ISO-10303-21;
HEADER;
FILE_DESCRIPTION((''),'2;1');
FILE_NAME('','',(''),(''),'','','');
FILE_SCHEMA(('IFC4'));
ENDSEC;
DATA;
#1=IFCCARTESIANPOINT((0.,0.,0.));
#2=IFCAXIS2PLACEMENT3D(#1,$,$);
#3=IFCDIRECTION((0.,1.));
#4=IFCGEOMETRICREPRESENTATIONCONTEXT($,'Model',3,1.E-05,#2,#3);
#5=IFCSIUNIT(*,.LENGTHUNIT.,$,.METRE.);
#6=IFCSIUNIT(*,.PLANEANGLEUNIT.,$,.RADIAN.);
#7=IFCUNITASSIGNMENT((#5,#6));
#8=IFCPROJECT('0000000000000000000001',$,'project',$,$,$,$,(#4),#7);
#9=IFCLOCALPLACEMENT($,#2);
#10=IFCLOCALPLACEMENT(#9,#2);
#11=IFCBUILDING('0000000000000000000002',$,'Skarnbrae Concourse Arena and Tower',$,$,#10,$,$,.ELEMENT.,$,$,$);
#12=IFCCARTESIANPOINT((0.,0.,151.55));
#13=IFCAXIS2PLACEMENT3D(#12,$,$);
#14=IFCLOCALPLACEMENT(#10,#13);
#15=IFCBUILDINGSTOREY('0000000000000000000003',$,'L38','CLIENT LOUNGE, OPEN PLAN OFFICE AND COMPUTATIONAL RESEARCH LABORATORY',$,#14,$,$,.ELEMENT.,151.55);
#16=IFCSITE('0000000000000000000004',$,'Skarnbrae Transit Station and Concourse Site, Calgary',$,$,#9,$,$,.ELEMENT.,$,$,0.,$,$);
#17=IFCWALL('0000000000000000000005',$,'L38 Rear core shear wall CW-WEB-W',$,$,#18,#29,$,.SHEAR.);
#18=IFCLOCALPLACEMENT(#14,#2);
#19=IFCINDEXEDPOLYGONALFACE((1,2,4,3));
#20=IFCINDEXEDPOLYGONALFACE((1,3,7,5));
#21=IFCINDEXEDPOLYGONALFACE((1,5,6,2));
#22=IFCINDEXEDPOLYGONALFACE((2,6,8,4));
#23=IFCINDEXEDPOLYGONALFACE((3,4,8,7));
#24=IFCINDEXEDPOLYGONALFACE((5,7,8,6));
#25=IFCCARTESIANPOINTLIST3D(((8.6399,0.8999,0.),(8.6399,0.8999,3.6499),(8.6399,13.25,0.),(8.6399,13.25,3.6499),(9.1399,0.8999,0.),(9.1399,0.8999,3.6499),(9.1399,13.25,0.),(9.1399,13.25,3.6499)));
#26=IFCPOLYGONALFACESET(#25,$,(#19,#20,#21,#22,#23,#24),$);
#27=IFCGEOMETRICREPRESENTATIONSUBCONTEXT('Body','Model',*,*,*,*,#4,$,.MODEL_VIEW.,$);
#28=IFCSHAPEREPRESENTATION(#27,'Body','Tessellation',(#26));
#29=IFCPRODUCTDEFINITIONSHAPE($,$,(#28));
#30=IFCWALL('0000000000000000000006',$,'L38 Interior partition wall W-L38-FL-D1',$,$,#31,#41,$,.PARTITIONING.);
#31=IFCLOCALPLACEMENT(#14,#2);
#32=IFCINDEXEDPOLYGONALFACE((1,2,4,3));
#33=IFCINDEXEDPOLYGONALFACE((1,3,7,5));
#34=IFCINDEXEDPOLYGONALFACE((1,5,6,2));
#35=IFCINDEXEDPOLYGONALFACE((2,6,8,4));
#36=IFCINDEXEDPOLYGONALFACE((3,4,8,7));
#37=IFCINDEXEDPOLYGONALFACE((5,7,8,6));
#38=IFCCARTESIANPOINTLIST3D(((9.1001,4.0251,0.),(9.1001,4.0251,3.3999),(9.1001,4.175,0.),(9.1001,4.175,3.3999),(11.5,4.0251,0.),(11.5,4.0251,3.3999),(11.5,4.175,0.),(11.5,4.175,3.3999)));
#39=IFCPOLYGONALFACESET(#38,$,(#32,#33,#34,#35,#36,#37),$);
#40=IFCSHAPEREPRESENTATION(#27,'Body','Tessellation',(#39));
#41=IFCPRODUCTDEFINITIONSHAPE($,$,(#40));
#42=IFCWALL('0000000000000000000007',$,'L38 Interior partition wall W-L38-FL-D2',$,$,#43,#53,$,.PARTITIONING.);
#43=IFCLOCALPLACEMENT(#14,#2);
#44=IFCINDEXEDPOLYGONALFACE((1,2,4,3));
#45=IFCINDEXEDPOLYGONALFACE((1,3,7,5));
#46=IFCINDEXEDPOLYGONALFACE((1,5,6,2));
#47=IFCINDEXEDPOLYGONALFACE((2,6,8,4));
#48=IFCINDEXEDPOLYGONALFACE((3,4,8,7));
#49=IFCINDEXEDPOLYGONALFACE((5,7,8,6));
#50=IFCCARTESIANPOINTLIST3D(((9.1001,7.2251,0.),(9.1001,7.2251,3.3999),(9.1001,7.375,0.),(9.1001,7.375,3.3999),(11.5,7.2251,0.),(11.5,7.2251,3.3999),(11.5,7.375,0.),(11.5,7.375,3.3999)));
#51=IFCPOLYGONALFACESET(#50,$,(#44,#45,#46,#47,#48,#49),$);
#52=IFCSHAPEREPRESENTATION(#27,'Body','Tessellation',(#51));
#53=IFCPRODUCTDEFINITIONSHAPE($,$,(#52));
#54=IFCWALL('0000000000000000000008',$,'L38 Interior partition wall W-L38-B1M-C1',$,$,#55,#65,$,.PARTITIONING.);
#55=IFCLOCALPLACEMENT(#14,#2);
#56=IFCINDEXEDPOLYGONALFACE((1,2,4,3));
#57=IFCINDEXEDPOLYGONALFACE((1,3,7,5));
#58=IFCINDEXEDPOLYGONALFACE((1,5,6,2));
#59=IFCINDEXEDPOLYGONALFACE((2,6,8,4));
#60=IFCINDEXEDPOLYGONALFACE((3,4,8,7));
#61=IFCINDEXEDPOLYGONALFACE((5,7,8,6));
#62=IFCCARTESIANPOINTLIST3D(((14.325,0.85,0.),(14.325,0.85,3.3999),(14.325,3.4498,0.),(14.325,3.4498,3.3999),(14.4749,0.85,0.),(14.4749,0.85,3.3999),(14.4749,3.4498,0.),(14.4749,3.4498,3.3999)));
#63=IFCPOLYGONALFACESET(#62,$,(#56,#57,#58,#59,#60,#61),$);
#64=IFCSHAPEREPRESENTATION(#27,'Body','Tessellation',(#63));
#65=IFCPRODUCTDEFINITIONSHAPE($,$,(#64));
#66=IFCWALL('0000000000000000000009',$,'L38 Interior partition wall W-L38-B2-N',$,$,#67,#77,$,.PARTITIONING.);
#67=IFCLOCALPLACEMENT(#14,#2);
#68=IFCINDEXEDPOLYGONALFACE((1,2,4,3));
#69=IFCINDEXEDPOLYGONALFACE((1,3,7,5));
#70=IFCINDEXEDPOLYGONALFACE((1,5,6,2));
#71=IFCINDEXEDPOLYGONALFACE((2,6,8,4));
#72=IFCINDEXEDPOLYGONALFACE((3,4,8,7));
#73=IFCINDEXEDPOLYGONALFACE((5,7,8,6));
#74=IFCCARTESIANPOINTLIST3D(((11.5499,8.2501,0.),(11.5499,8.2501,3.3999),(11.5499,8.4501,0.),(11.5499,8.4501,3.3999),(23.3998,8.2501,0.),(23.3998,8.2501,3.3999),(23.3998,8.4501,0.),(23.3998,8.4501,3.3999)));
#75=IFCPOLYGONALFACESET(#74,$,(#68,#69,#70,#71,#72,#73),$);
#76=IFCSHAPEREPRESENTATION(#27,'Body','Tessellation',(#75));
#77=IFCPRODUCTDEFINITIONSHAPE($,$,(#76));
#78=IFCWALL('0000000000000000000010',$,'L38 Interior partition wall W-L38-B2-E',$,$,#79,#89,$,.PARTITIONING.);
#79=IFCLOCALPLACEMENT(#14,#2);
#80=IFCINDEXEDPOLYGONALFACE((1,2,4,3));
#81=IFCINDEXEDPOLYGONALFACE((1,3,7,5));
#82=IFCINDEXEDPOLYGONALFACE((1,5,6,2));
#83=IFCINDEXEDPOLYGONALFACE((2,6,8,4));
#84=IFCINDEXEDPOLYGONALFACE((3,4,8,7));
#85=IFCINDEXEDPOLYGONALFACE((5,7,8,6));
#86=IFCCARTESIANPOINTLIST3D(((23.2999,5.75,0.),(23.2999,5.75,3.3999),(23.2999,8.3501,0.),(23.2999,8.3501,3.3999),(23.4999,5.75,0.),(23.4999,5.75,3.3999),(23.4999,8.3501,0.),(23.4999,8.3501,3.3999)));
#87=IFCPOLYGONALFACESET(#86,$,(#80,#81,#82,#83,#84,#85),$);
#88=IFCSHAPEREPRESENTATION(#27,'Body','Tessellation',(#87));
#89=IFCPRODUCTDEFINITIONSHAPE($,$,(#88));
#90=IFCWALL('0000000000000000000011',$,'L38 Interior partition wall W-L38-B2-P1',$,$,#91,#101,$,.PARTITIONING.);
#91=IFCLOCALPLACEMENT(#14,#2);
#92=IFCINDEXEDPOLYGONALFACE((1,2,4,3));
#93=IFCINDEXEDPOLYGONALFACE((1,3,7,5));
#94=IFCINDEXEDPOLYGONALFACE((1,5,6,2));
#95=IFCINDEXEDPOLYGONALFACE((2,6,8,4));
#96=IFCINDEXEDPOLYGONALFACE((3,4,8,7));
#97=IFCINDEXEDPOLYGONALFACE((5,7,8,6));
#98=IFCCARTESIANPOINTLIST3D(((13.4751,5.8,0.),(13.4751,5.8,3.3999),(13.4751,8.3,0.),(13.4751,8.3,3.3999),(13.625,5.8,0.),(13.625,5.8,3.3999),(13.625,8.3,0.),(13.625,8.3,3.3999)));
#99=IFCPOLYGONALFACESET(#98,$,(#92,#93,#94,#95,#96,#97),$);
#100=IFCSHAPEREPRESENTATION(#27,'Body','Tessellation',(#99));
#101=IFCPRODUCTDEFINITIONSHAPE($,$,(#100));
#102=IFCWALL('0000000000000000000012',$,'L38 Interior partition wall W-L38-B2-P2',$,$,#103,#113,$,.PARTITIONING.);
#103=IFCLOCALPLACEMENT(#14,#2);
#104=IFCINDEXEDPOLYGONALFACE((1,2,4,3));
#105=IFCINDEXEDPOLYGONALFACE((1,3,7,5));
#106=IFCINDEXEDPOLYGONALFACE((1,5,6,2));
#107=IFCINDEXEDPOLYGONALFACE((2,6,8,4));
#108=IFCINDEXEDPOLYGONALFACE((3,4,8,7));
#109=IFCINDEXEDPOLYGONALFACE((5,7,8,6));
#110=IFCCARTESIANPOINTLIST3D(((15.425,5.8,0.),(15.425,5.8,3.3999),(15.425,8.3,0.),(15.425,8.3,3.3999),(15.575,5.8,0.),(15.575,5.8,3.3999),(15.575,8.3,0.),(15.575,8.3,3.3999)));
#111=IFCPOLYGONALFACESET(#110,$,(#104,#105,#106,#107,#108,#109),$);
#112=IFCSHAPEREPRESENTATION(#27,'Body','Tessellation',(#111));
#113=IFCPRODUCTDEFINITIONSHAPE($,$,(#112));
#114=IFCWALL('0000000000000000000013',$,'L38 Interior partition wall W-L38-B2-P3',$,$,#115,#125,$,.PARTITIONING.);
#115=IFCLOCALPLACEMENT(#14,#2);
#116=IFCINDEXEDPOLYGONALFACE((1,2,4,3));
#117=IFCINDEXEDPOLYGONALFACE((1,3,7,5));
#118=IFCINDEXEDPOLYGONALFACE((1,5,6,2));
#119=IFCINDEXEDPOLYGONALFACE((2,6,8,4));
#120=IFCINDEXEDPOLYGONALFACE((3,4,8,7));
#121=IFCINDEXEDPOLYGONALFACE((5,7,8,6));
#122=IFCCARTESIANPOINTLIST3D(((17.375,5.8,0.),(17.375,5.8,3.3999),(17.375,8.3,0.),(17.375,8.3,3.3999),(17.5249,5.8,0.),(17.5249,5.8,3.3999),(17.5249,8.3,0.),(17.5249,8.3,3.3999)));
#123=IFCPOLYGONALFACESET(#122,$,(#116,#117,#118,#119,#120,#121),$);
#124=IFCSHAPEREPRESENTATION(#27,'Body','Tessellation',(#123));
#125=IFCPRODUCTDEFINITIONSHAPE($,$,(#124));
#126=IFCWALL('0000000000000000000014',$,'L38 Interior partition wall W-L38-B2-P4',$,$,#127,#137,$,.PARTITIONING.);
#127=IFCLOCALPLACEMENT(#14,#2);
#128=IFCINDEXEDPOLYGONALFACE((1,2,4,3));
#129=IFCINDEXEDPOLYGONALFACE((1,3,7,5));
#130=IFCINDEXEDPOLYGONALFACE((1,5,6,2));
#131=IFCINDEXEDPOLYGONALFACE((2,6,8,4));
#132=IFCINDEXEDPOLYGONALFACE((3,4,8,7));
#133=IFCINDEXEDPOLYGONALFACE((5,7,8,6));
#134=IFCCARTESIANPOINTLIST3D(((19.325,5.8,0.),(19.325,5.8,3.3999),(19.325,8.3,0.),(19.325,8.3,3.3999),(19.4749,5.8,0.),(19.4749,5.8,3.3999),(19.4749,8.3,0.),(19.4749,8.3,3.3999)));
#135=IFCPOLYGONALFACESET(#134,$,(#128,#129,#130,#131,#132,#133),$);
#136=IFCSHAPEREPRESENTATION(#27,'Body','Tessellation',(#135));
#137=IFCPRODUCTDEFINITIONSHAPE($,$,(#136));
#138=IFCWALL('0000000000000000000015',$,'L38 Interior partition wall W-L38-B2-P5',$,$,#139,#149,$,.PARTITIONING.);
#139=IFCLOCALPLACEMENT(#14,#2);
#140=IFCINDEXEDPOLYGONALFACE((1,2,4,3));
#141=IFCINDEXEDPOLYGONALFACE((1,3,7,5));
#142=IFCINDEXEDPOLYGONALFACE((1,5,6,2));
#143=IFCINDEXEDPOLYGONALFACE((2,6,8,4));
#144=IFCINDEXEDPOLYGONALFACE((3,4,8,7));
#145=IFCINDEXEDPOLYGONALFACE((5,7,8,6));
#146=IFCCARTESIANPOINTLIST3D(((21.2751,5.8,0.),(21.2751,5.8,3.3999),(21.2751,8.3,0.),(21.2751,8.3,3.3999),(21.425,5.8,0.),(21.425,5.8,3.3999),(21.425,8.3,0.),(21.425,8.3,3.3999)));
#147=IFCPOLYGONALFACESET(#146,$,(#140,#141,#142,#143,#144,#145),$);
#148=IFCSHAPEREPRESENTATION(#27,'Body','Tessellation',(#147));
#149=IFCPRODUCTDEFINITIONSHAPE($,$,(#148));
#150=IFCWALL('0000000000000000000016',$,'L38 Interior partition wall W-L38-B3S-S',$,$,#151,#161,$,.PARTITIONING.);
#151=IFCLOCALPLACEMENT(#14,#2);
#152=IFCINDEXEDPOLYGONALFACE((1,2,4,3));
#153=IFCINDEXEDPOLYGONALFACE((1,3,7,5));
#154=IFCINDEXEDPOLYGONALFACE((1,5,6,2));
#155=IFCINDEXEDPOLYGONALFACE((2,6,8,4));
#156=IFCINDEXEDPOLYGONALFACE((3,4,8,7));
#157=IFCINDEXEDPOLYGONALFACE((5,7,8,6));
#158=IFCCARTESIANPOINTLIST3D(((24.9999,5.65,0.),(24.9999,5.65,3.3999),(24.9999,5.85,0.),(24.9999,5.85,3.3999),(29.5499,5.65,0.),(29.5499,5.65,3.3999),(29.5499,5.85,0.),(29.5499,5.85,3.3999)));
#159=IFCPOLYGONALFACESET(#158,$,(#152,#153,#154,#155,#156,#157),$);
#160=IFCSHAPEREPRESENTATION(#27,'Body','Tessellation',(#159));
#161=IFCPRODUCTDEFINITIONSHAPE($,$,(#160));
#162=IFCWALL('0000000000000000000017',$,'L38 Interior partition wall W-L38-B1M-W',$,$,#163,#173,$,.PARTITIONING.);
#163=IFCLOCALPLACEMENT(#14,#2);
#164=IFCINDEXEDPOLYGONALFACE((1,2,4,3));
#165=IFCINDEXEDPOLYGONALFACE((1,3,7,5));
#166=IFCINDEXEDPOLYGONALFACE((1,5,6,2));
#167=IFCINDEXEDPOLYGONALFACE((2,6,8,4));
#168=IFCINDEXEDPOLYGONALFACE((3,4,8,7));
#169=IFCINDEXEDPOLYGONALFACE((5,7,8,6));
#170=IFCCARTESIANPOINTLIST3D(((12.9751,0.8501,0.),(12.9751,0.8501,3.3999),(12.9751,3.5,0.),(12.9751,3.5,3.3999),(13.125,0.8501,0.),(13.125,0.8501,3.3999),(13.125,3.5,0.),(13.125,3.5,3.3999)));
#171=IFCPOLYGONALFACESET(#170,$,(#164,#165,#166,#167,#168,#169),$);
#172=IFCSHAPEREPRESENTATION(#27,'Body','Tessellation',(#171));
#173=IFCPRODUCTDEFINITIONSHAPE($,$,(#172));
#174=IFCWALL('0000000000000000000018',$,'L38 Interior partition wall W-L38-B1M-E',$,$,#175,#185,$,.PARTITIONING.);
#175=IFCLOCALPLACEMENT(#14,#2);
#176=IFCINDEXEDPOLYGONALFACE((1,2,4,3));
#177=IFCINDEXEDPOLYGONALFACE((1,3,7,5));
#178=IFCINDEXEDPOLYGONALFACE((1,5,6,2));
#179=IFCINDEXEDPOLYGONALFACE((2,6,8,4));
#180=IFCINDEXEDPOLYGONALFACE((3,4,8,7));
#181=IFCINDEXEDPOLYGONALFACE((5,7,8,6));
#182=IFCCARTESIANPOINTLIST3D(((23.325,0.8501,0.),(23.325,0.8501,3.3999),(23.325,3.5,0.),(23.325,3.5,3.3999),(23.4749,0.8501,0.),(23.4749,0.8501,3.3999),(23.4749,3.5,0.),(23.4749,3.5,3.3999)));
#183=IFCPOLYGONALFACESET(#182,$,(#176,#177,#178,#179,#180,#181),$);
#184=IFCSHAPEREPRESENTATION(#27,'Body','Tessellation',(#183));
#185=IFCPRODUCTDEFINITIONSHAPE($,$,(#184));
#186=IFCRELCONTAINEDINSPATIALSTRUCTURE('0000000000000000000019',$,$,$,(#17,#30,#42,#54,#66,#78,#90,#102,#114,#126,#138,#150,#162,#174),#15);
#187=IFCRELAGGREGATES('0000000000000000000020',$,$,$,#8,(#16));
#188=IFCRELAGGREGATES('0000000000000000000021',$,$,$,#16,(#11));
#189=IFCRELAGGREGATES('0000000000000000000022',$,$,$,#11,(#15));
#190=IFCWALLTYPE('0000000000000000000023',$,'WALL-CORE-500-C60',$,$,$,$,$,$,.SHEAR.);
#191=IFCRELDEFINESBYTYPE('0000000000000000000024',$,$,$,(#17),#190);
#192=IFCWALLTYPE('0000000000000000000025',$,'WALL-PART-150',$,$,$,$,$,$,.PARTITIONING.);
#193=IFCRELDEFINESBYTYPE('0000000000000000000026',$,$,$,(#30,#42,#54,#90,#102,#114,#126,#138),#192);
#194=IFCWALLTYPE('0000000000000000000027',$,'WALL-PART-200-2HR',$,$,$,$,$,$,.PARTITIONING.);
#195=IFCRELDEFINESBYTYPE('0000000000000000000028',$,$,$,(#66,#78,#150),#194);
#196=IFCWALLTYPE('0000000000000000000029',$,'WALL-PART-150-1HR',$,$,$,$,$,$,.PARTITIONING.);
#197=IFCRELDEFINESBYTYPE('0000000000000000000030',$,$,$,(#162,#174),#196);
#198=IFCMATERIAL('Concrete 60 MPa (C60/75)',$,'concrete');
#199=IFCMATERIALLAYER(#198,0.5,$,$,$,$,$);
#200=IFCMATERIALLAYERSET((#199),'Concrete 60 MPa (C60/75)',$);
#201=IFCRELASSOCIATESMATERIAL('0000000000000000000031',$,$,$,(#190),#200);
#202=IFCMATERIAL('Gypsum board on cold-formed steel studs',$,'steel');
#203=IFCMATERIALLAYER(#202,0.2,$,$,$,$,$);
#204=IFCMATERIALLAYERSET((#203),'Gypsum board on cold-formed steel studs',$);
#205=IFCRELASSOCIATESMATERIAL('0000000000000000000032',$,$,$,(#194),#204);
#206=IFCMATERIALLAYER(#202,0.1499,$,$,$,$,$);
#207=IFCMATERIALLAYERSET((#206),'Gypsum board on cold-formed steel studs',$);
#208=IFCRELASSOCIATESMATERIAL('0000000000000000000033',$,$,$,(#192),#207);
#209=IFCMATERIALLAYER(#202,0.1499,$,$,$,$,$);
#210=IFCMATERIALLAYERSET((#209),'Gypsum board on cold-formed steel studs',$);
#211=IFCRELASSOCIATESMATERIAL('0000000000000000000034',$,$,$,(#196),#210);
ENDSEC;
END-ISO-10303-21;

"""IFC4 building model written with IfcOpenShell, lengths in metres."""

from ifc_helpers import new_model, si_unit, direction, frame, frame_2d, origin, place, context, subcontext, project, spatial, rectangle, extrude, source, transform, mapped, material, layer, layer_set, type_object, element, save


model = new_model("IFC4")

# Units and contexts
model_context = context("Model", 3, precision=1e-05, world=origin(), true_north=direction((0.0, 1.0)))
body_context = subcontext(model_context, "Body", "Model", "MODEL_VIEW")
ifc_project = project(units=[si_unit("LENGTHUNIT", "METRE"), si_unit("PLANEANGLEUNIT", "RADIAN")], contexts=[model_context])

# Site, building, storey
site_placement = place(None, origin())
site = spatial("IfcSite", under=ifc_project, at=site_placement, Name="Skarnbrae Transit Station and Concourse Site, Calgary", CompositionType="ELEMENT", RefElevation=0.0)
building_placement = place(site_placement, origin())
building = spatial("IfcBuilding", under=site, at=building_placement, Name="Skarnbrae Concourse Arena and Tower", CompositionType="ELEMENT")
storey_placement = place(building_placement, frame((0.0, 0.0, 151.55)))
storey = spatial("IfcBuildingStorey", under=building, at=storey_placement, Name="L38", Description="CLIENT LOUNGE, OPEN PLAN OFFICE AND COMPUTATIONAL RESEARCH LABORATORY", CompositionType="ELEMENT", Elevation=151.55)

# Wall
ifc_material_1 = material(Name="Concrete 60 MPa (C60/75)", Category="concrete")
ifc_layer_1 = layer(ifc_material_1, 0.5)
ifc_layer_set_1 = layer_set([ifc_layer_1], Name="Concrete 60 MPa (C60/75)")
wall_type_1 = type_object("IfcWallType", Name="WALL-CORE-500-C60", PredefinedType="SHEAR", material=ifc_layer_set_1)
shared_shape_1 = source(origin(), body_context, "Body", "SweptSolid", [
    extrude(rectangle(XDim=12.3501, YDim=0.5, at=frame_2d((6.175, 0.0))), origin(), (0.0, 0.0, 1.0), 3.6499),
])
wall_1_placement = place(storey_placement, frame((8.8899, 0.8999, 0.0), z_axis=(0.0, 0.0, 1.0), x_axis=(0.0, 1.0, 0.0)))
element("IfcWall", 1, at=wall_1_placement, inside=storey, type_object=wall_type_1, Name="L38 Rear core shear wall CW-WEB-W", PredefinedType="SHEAR", context=body_context, shape_type="MappedRepresentation", body=[
    mapped(shared_shape_1, transform((0.0, 0.0, 0.0))),
])

# Shared definitions
ifc_material_2 = material(Name="Gypsum board on cold-formed steel studs", Category="steel")
ifc_layer_2 = layer(ifc_material_2, 0.2)
ifc_layer_set_2 = layer_set([ifc_layer_2], Name="Gypsum board on cold-formed steel studs")
wall_type_2 = type_object("IfcWallType", Name="WALL-PART-200-2HR", PredefinedType="PARTITIONING", material=ifc_layer_set_2)

# Walls
ifc_layer_3 = layer(ifc_material_2, 0.1499)
ifc_layer_set_3 = layer_set([ifc_layer_3], Name="Gypsum board on cold-formed steel studs")
wall_type_3 = type_object("IfcWallType", Name="WALL-PART-150", PredefinedType="PARTITIONING", material=ifc_layer_set_3)
shared_shape_2 = source(origin(), body_context, "Body", "SweptSolid", [
    extrude(rectangle(XDim=2.3999, YDim=0.1499, at=frame_2d((1.2, 0.0))), origin(), (0.0, 0.0, 1.0), 3.3999),
])
for number, where, z_axis, x_axis, name in (
    (2, (9.1001, 4.1001, 0.0), (0.0, 0.0, 1.0), (1.0, 0.0, 0.0), "L38 Interior partition wall W-L38-FL-D1"),
    (3, (9.1001, 7.3, 0.0), (0.0, 0.0, 1.0), (1.0, 0.0, 0.0), "L38 Interior partition wall W-L38-FL-D2"),
):
    element("IfcWall", number, at=place(storey_placement, frame(where, z_axis=z_axis, x_axis=x_axis)), inside=storey, type_object=wall_type_3, Name=name, PredefinedType="PARTITIONING", context=body_context, shape_type="MappedRepresentation", body=[
        mapped(shared_shape_2, transform((0.0, 0.0, 0.0))),
    ])
shared_shape_3 = source(origin(), body_context, "Body", "SweptSolid", [
    extrude(rectangle(XDim=2.5999, YDim=0.1499, at=frame_2d((1.2998, 0.0))), origin(), (0.0, 0.0, 1.0), 3.3999),
])
wall_2_placement = place(storey_placement, frame((14.3999, 0.8501, 0.0), z_axis=(0.0, 0.0, 1.0), x_axis=(0.0, 1.0, 0.0)))
element("IfcWall", 4, at=wall_2_placement, inside=storey, type_object=wall_type_3, Name="L38 Interior partition wall W-L38-B1M-C1", PredefinedType="PARTITIONING", context=body_context, shape_type="MappedRepresentation", body=[
    mapped(shared_shape_3, transform((0.0, 0.0, 0.0))),
])

# Shared definitions
shared_shape_4 = source(origin(), body_context, "Body", "SweptSolid", [
    extrude(rectangle(XDim=11.8499, YDim=0.2, at=frame_2d((5.9248, 0.0))), origin(), (0.0, 0.0, 1.0), 3.3999),
])

# Walls
wall_3_placement = place(storey_placement, frame((11.55, 8.3501, 0.0), z_axis=(0.0, 0.0, 1.0), x_axis=(1.0, 0.0, 0.0)))
element("IfcWall", 5, at=wall_3_placement, inside=storey, type_object=wall_type_2, Name="L38 Interior partition wall W-L38-B2-N", PredefinedType="PARTITIONING", context=body_context, shape_type="MappedRepresentation", body=[
    mapped(shared_shape_4, transform((0.0, 0.0, 0.0))),
])
shared_shape_5 = source(origin(), body_context, "Body", "SweptSolid", [
    extrude(rectangle(XDim=2.6001, YDim=0.2, at=frame_2d((1.3, 0.0))), origin(), (0.0, 0.0, 1.0), 3.3999),
])
wall_4_placement = place(storey_placement, frame((23.3999, 5.75, 0.0), z_axis=(0.0, 0.0, 1.0), x_axis=(0.0, 1.0, 0.0)))
element("IfcWall", 6, at=wall_4_placement, inside=storey, type_object=wall_type_2, Name="L38 Interior partition wall W-L38-B2-E", PredefinedType="PARTITIONING", context=body_context, shape_type="MappedRepresentation", body=[
    mapped(shared_shape_5, transform((0.0, 0.0, 0.0))),
])
shared_shape_6 = source(origin(), body_context, "Body", "SweptSolid", [
    extrude(rectangle(XDim=2.5, YDim=0.1499, at=frame_2d((1.25, 0.0))), origin(), (0.0, 0.0, 1.0), 3.3999),
])
for number, where, z_axis, x_axis, name in (
    (7, (13.55, 5.8, 0.0), (0.0, 0.0, 1.0), (0.0, 1.0, 0.0), "L38 Interior partition wall W-L38-B2-P1"),
    (8, (15.5, 5.8, 0.0), (0.0, 0.0, 1.0), (0.0, 1.0, 0.0), "L38 Interior partition wall W-L38-B2-P2"),
    (9, (17.45, 5.8, 0.0), (0.0, 0.0, 1.0), (0.0, 1.0, 0.0), "L38 Interior partition wall W-L38-B2-P3"),
    (10, (19.3999, 5.8, 0.0), (0.0, 0.0, 1.0), (0.0, 1.0, 0.0), "L38 Interior partition wall W-L38-B2-P4"),
    (11, (21.3501, 5.8, 0.0), (0.0, 0.0, 1.0), (0.0, 1.0, 0.0), "L38 Interior partition wall W-L38-B2-P5"),
):
    element("IfcWall", number, at=place(storey_placement, frame(where, z_axis=z_axis, x_axis=x_axis)), inside=storey, type_object=wall_type_3, Name=name, PredefinedType="PARTITIONING", context=body_context, shape_type="MappedRepresentation", body=[
        mapped(shared_shape_6, transform((0.0, 0.0, 0.0))),
    ])
shared_shape_7 = source(origin(), body_context, "Body", "SweptSolid", [
    extrude(rectangle(XDim=4.55, YDim=0.2, at=frame_2d((2.2749, 0.0))), origin(), (0.0, 0.0, 1.0), 3.3999),
])
wall_5_placement = place(storey_placement, frame((25.0, 5.75, 0.0), z_axis=(0.0, 0.0, 1.0), x_axis=(1.0, 0.0, 0.0)))
element("IfcWall", 12, at=wall_5_placement, inside=storey, type_object=wall_type_2, Name="L38 Interior partition wall W-L38-B3S-S", PredefinedType="PARTITIONING", context=body_context, shape_type="MappedRepresentation", body=[
    mapped(shared_shape_7, transform((0.0, 0.0, 0.0))),
])
ifc_layer_4 = layer(ifc_material_2, 0.1499)
ifc_layer_set_4 = layer_set([ifc_layer_4], Name="Gypsum board on cold-formed steel studs")
wall_type_4 = type_object("IfcWallType", Name="WALL-PART-150-1HR", PredefinedType="PARTITIONING", material=ifc_layer_set_4)
shared_shape_8 = source(origin(), body_context, "Body", "SweptSolid", [
    extrude(rectangle(XDim=2.6499, YDim=0.1499, at=frame_2d((1.325, 0.0))), origin(), (0.0, 0.0, 1.0), 3.3999),
])
for number, where, z_axis, x_axis, name in (
    (13, (13.05, 0.8501, 0.0), (0.0, 0.0, 1.0), (0.0, 1.0, 0.0), "L38 Interior partition wall W-L38-B1M-W"),
    (14, (23.3999, 0.8501, 0.0), (0.0, 0.0, 1.0), (0.0, 1.0, 0.0), "L38 Interior partition wall W-L38-B1M-E"),
):
    element("IfcWall", number, at=place(storey_placement, frame(where, z_axis=z_axis, x_axis=x_axis)), inside=storey, type_object=wall_type_4, Name=name, PredefinedType="PARTITIONING", context=body_context, shape_type="MappedRepresentation", body=[
        mapped(shared_shape_8, transform((0.0, 0.0, 0.0))),
    ])

save(model, "model.ifc")
